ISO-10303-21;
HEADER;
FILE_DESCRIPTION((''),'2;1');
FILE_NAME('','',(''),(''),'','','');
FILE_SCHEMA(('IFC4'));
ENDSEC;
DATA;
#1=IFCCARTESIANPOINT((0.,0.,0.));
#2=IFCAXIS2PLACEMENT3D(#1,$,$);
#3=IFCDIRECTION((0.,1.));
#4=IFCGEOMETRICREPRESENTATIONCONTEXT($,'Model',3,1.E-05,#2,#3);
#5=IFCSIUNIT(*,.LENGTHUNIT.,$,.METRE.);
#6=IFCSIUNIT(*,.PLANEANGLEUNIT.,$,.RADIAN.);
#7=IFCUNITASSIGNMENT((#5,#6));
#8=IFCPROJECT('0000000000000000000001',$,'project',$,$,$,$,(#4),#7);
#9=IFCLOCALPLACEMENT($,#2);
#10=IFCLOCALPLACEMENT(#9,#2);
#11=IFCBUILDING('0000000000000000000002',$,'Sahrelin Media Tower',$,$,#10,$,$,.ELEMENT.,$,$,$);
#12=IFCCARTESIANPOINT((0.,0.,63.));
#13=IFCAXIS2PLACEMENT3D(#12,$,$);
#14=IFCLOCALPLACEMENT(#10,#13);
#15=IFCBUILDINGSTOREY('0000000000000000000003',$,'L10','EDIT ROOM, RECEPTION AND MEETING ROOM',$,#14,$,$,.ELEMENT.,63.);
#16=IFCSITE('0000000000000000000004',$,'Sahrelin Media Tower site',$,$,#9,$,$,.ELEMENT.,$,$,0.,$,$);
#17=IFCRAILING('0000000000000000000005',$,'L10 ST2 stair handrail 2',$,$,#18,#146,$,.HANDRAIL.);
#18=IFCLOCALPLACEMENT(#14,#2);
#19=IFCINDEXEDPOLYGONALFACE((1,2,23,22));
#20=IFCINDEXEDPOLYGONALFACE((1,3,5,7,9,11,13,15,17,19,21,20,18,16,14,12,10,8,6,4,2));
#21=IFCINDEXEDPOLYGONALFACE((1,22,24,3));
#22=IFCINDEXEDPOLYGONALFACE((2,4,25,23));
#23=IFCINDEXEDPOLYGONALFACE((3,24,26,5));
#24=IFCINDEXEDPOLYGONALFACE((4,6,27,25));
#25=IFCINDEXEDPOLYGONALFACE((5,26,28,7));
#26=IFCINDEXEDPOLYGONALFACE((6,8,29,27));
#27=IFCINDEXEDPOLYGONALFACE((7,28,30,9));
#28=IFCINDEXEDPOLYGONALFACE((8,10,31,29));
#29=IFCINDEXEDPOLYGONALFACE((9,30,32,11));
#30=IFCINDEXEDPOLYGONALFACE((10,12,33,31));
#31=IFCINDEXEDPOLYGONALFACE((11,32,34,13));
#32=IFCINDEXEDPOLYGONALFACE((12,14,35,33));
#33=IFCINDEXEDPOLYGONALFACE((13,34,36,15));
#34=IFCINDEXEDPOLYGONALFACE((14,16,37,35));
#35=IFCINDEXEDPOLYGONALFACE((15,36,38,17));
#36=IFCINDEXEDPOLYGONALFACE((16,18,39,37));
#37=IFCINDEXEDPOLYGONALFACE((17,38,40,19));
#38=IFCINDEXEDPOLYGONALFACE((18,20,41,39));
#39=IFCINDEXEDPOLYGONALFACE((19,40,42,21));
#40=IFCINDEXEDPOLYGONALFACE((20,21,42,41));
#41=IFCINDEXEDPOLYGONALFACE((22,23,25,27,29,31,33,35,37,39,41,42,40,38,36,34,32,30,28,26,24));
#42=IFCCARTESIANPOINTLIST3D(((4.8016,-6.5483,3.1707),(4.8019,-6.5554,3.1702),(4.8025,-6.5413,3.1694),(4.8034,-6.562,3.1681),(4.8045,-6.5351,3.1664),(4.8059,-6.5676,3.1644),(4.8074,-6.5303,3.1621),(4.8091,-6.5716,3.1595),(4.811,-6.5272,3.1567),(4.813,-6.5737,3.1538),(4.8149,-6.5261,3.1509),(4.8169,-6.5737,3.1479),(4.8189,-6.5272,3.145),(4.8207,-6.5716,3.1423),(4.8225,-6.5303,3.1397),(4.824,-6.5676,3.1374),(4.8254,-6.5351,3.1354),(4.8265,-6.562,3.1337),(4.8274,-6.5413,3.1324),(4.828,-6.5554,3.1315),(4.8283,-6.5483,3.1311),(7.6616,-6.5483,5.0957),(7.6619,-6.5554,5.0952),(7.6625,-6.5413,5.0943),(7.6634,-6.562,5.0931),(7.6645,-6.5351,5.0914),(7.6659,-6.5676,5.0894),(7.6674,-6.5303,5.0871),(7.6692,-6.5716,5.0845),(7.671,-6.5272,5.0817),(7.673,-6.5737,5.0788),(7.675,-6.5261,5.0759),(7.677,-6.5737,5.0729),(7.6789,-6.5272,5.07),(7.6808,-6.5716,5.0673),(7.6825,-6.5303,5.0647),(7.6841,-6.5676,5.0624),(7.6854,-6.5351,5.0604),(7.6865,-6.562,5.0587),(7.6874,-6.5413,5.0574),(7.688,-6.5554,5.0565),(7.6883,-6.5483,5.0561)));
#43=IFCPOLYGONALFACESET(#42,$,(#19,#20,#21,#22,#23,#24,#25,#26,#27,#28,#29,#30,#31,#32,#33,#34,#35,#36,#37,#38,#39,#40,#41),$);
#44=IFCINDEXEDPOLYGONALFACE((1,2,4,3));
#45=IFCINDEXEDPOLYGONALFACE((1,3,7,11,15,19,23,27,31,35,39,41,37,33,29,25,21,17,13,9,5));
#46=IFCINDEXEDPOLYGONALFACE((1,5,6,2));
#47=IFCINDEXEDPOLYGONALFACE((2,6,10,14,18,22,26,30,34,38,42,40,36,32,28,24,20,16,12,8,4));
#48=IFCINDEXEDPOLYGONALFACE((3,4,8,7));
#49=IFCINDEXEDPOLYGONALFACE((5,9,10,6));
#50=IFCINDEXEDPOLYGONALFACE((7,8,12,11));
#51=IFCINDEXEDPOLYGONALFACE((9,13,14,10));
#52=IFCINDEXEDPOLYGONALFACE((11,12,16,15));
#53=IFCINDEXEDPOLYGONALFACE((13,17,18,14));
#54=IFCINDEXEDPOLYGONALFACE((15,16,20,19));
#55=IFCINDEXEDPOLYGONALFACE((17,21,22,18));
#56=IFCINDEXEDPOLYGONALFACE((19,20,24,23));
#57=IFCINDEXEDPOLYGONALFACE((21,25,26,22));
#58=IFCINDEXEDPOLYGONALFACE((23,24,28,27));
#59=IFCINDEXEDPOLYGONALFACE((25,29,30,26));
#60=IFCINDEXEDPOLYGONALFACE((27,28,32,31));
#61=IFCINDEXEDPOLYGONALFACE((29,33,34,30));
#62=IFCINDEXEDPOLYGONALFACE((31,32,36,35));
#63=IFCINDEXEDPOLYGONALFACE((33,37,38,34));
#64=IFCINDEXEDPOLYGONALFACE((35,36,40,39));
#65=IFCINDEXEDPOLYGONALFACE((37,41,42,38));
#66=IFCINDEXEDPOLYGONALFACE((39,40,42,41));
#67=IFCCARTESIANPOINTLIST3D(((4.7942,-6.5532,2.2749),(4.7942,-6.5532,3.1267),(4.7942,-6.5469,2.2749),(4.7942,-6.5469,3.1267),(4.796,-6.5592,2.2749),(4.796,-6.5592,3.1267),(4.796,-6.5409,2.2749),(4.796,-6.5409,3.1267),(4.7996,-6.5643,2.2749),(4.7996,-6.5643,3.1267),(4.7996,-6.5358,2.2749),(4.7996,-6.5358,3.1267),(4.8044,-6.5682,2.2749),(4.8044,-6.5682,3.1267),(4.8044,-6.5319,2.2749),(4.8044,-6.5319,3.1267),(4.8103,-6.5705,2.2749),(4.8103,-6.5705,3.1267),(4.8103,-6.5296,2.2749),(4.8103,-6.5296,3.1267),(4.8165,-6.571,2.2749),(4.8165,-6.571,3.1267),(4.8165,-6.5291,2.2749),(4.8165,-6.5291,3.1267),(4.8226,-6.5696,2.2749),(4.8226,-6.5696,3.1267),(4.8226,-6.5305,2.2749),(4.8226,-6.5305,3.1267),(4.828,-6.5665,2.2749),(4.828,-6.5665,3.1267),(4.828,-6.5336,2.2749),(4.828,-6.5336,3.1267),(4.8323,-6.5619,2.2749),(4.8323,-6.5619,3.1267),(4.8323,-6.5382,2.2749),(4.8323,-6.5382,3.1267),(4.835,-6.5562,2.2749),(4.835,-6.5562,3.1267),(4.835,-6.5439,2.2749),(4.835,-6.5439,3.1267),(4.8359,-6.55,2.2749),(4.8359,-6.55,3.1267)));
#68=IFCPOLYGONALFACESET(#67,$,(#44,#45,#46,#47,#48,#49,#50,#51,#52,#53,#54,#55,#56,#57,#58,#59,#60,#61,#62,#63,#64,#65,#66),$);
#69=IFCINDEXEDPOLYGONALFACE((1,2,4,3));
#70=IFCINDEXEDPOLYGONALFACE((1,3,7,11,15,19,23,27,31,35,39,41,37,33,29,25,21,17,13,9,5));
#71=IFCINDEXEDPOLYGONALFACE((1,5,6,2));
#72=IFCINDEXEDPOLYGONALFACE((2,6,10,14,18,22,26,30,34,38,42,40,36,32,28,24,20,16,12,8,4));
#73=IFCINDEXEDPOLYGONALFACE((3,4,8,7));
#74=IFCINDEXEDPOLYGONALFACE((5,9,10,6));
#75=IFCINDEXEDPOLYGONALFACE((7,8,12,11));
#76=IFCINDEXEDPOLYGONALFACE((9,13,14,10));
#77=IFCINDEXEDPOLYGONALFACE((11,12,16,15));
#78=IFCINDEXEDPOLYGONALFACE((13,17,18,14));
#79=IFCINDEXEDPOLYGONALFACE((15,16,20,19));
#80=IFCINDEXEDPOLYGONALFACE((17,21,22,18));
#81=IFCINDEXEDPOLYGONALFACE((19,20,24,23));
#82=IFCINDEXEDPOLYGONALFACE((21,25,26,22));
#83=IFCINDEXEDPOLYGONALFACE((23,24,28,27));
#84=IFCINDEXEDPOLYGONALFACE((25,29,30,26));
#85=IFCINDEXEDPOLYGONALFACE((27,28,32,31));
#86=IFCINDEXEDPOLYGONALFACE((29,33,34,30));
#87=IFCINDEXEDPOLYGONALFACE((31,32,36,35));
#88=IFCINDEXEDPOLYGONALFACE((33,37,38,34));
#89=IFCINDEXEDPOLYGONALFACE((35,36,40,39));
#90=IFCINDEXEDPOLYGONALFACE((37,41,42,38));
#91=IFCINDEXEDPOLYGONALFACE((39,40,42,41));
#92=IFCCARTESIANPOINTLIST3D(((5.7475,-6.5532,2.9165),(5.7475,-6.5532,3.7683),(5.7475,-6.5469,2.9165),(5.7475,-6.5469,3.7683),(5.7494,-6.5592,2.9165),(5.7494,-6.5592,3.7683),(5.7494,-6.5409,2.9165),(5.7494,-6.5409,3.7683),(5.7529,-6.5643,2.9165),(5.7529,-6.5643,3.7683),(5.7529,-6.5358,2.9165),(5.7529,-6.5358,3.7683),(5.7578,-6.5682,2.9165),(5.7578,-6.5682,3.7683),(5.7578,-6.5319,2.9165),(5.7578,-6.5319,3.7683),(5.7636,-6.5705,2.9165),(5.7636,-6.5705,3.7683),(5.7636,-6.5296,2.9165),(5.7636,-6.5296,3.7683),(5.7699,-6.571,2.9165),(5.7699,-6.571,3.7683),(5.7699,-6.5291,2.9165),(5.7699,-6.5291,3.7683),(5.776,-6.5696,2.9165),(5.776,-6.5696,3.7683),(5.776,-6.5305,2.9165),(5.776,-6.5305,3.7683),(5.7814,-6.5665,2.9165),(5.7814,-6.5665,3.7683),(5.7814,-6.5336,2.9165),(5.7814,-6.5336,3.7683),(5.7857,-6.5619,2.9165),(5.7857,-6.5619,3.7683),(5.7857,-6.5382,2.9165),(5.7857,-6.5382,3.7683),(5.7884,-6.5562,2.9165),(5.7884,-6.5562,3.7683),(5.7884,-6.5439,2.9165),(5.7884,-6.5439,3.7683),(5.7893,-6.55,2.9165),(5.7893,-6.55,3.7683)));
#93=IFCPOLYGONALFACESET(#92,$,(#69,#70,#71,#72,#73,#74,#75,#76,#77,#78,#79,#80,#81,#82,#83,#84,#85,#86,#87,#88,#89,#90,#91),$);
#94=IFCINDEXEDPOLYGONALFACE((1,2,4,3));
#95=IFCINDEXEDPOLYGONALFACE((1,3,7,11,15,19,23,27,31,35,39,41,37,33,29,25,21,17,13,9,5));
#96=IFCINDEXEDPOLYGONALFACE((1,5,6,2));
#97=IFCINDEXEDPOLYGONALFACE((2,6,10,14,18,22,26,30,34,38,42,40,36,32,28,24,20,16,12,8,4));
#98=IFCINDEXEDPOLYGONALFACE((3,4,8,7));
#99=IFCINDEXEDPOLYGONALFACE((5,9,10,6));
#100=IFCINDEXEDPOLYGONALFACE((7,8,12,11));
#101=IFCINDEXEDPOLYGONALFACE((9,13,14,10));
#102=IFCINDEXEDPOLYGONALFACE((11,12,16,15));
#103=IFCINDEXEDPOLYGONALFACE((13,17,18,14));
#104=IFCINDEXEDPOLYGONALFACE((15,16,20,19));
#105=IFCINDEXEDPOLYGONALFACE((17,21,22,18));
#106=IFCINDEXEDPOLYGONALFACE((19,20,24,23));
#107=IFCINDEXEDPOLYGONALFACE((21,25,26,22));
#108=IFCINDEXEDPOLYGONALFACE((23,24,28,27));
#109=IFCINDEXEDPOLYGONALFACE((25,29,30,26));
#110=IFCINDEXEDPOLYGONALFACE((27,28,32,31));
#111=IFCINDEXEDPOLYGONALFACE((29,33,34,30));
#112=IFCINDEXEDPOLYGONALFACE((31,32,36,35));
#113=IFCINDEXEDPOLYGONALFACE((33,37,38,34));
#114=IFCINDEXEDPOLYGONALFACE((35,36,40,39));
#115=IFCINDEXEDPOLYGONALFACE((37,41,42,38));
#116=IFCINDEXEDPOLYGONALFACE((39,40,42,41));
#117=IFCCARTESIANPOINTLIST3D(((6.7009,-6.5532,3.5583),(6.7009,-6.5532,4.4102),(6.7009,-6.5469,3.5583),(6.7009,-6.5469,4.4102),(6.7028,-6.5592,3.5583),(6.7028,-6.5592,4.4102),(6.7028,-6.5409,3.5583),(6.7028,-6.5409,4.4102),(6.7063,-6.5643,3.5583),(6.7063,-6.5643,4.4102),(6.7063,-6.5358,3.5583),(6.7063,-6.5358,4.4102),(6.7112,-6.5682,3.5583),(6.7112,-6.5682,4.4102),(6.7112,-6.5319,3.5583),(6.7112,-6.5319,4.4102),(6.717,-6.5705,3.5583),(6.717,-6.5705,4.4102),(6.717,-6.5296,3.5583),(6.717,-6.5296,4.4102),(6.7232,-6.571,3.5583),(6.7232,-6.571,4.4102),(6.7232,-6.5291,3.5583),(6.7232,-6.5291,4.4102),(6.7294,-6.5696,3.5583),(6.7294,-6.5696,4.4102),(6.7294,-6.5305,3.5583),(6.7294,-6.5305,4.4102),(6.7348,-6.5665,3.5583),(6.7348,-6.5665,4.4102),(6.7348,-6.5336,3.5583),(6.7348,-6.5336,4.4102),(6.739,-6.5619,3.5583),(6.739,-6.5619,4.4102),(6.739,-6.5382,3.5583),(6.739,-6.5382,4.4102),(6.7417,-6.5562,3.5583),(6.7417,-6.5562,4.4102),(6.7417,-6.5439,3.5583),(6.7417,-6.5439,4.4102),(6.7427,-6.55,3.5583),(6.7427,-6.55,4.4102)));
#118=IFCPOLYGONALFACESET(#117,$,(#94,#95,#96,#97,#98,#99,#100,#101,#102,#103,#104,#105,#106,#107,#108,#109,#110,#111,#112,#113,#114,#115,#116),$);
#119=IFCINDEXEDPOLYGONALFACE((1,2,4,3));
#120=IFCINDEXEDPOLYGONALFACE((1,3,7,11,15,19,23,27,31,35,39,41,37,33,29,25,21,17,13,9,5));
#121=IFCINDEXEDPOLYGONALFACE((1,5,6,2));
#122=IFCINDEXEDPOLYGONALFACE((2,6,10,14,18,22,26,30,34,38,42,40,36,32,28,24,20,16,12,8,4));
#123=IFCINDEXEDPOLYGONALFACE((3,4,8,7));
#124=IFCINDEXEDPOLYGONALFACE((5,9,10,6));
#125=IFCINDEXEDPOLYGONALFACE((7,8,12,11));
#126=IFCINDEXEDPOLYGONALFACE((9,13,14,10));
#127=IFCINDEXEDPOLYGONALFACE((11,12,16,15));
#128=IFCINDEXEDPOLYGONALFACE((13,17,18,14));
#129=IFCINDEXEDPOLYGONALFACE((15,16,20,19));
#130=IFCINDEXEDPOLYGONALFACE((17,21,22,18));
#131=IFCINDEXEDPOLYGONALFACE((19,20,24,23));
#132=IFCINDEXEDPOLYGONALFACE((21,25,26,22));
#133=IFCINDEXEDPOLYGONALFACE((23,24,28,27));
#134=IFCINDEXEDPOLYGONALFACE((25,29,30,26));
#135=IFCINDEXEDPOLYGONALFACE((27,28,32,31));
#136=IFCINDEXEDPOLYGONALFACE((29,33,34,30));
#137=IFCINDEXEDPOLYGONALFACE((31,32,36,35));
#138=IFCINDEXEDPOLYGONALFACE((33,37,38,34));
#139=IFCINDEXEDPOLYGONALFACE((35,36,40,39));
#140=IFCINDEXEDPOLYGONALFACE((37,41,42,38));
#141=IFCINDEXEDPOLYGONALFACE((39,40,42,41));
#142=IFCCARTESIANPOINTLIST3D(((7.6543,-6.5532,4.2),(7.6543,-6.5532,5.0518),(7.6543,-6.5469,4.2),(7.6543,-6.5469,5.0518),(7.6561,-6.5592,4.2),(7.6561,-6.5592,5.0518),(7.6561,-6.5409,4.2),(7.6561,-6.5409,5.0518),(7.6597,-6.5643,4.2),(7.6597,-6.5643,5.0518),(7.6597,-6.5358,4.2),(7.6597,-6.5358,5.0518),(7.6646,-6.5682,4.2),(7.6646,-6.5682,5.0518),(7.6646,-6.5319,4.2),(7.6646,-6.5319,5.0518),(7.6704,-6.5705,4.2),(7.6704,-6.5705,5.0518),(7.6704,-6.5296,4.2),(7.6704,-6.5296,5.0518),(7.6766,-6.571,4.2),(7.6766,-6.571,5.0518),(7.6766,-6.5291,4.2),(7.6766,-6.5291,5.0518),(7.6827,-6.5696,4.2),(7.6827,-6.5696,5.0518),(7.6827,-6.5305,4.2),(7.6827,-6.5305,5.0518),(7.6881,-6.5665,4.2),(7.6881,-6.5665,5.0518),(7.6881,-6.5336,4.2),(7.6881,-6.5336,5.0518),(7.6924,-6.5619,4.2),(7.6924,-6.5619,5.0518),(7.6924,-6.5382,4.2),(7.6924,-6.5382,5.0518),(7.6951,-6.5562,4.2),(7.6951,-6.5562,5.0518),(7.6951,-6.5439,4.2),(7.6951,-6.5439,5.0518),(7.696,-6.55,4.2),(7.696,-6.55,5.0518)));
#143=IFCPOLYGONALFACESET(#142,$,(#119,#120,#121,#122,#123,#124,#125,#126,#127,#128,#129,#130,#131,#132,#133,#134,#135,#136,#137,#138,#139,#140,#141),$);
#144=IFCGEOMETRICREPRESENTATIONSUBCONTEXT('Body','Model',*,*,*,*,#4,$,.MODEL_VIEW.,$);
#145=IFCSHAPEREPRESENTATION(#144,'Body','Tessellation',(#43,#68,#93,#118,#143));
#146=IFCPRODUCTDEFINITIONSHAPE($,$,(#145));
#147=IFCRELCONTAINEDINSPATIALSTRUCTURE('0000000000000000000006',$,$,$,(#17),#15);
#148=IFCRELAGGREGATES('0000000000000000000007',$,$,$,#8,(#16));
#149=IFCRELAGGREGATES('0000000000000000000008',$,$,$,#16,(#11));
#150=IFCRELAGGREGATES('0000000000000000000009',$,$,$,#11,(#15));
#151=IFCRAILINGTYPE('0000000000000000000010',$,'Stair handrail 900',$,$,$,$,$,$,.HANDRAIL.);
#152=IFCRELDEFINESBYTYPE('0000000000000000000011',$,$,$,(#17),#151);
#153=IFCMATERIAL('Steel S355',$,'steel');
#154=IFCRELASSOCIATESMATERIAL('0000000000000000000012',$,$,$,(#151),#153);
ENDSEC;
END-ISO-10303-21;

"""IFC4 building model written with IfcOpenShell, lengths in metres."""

from ifc_helpers import new_model, si_unit, direction, frame, origin, origin_2d, place, context, subcontext, project, spatial, circle, extrude, material, type_object, element, save


model = new_model("IFC4")

# Units and contexts
model_context = context("Model", 3, precision=1e-05, world=origin(), true_north=direction((0.0, 1.0)))
body_context = subcontext(model_context, "Body", "Model", "MODEL_VIEW")
ifc_project = project(units=[si_unit("LENGTHUNIT", "METRE"), si_unit("PLANEANGLEUNIT", "RADIAN")], contexts=[model_context])

# Site, building, storey
site_placement = place(None, origin())
site = spatial("IfcSite", under=ifc_project, at=site_placement, Name="Sahrelin Media Tower site", CompositionType="ELEMENT", RefElevation=0.0)
building_placement = place(site_placement, origin())
building = spatial("IfcBuilding", under=site, at=building_placement, Name="Sahrelin Media Tower", CompositionType="ELEMENT")
storey_placement = place(building_placement, frame((0.0, 0.0, 63.0)))
storey = spatial("IfcBuildingStorey", under=building, at=storey_placement, Name="L10", Description="EDIT ROOM, RECEPTION AND MEETING ROOM", CompositionType="ELEMENT", Elevation=63.0)

# Shared definitions
ifc_material_1 = material(Name="Steel S355", Category="steel")

# Railing
railing_type_1 = type_object("IfcRailingType", Name="Stair handrail 900", PredefinedType="HANDRAIL", material=ifc_material_1)
railing_1_placement = place(storey_placement, frame((4.8149, -6.55, 2.2749)))
element("IfcRailing", 1, at=railing_1_placement, inside=storey, type_object=railing_type_1, Name="L10 ST2 stair handrail 2", PredefinedType="HANDRAIL", context=body_context, shape_type="SweptSolid", body=[
    extrude(circle(Radius=0.0239, at=origin_2d()), frame((0.0, 0.0, 0.876), z_axis=(0.829591, 0.0, 0.558372), x_axis=(0.0, 1.0, 0.0)), (0.0, 0.0, 1.0), 3.4475),
    extrude(circle(Radius=0.021, at=origin_2d()), origin(), (0.0, 0.0, 1.0), 0.8518),
    extrude(circle(Radius=0.021, at=origin_2d()), frame((0.9534, 0.0, 0.6416)), (0.0, 0.0, 1.0), 0.8518),
    extrude(circle(Radius=0.021, at=origin_2d()), frame((1.9067, 0.0, 1.2834)), (0.0, 0.0, 1.0), 0.8518),
    extrude(circle(Radius=0.021, at=origin_2d()), frame((2.8601, 0.0, 1.925)), (0.0, 0.0, 1.0), 0.8518),
])

save(model, "model.ifc")
